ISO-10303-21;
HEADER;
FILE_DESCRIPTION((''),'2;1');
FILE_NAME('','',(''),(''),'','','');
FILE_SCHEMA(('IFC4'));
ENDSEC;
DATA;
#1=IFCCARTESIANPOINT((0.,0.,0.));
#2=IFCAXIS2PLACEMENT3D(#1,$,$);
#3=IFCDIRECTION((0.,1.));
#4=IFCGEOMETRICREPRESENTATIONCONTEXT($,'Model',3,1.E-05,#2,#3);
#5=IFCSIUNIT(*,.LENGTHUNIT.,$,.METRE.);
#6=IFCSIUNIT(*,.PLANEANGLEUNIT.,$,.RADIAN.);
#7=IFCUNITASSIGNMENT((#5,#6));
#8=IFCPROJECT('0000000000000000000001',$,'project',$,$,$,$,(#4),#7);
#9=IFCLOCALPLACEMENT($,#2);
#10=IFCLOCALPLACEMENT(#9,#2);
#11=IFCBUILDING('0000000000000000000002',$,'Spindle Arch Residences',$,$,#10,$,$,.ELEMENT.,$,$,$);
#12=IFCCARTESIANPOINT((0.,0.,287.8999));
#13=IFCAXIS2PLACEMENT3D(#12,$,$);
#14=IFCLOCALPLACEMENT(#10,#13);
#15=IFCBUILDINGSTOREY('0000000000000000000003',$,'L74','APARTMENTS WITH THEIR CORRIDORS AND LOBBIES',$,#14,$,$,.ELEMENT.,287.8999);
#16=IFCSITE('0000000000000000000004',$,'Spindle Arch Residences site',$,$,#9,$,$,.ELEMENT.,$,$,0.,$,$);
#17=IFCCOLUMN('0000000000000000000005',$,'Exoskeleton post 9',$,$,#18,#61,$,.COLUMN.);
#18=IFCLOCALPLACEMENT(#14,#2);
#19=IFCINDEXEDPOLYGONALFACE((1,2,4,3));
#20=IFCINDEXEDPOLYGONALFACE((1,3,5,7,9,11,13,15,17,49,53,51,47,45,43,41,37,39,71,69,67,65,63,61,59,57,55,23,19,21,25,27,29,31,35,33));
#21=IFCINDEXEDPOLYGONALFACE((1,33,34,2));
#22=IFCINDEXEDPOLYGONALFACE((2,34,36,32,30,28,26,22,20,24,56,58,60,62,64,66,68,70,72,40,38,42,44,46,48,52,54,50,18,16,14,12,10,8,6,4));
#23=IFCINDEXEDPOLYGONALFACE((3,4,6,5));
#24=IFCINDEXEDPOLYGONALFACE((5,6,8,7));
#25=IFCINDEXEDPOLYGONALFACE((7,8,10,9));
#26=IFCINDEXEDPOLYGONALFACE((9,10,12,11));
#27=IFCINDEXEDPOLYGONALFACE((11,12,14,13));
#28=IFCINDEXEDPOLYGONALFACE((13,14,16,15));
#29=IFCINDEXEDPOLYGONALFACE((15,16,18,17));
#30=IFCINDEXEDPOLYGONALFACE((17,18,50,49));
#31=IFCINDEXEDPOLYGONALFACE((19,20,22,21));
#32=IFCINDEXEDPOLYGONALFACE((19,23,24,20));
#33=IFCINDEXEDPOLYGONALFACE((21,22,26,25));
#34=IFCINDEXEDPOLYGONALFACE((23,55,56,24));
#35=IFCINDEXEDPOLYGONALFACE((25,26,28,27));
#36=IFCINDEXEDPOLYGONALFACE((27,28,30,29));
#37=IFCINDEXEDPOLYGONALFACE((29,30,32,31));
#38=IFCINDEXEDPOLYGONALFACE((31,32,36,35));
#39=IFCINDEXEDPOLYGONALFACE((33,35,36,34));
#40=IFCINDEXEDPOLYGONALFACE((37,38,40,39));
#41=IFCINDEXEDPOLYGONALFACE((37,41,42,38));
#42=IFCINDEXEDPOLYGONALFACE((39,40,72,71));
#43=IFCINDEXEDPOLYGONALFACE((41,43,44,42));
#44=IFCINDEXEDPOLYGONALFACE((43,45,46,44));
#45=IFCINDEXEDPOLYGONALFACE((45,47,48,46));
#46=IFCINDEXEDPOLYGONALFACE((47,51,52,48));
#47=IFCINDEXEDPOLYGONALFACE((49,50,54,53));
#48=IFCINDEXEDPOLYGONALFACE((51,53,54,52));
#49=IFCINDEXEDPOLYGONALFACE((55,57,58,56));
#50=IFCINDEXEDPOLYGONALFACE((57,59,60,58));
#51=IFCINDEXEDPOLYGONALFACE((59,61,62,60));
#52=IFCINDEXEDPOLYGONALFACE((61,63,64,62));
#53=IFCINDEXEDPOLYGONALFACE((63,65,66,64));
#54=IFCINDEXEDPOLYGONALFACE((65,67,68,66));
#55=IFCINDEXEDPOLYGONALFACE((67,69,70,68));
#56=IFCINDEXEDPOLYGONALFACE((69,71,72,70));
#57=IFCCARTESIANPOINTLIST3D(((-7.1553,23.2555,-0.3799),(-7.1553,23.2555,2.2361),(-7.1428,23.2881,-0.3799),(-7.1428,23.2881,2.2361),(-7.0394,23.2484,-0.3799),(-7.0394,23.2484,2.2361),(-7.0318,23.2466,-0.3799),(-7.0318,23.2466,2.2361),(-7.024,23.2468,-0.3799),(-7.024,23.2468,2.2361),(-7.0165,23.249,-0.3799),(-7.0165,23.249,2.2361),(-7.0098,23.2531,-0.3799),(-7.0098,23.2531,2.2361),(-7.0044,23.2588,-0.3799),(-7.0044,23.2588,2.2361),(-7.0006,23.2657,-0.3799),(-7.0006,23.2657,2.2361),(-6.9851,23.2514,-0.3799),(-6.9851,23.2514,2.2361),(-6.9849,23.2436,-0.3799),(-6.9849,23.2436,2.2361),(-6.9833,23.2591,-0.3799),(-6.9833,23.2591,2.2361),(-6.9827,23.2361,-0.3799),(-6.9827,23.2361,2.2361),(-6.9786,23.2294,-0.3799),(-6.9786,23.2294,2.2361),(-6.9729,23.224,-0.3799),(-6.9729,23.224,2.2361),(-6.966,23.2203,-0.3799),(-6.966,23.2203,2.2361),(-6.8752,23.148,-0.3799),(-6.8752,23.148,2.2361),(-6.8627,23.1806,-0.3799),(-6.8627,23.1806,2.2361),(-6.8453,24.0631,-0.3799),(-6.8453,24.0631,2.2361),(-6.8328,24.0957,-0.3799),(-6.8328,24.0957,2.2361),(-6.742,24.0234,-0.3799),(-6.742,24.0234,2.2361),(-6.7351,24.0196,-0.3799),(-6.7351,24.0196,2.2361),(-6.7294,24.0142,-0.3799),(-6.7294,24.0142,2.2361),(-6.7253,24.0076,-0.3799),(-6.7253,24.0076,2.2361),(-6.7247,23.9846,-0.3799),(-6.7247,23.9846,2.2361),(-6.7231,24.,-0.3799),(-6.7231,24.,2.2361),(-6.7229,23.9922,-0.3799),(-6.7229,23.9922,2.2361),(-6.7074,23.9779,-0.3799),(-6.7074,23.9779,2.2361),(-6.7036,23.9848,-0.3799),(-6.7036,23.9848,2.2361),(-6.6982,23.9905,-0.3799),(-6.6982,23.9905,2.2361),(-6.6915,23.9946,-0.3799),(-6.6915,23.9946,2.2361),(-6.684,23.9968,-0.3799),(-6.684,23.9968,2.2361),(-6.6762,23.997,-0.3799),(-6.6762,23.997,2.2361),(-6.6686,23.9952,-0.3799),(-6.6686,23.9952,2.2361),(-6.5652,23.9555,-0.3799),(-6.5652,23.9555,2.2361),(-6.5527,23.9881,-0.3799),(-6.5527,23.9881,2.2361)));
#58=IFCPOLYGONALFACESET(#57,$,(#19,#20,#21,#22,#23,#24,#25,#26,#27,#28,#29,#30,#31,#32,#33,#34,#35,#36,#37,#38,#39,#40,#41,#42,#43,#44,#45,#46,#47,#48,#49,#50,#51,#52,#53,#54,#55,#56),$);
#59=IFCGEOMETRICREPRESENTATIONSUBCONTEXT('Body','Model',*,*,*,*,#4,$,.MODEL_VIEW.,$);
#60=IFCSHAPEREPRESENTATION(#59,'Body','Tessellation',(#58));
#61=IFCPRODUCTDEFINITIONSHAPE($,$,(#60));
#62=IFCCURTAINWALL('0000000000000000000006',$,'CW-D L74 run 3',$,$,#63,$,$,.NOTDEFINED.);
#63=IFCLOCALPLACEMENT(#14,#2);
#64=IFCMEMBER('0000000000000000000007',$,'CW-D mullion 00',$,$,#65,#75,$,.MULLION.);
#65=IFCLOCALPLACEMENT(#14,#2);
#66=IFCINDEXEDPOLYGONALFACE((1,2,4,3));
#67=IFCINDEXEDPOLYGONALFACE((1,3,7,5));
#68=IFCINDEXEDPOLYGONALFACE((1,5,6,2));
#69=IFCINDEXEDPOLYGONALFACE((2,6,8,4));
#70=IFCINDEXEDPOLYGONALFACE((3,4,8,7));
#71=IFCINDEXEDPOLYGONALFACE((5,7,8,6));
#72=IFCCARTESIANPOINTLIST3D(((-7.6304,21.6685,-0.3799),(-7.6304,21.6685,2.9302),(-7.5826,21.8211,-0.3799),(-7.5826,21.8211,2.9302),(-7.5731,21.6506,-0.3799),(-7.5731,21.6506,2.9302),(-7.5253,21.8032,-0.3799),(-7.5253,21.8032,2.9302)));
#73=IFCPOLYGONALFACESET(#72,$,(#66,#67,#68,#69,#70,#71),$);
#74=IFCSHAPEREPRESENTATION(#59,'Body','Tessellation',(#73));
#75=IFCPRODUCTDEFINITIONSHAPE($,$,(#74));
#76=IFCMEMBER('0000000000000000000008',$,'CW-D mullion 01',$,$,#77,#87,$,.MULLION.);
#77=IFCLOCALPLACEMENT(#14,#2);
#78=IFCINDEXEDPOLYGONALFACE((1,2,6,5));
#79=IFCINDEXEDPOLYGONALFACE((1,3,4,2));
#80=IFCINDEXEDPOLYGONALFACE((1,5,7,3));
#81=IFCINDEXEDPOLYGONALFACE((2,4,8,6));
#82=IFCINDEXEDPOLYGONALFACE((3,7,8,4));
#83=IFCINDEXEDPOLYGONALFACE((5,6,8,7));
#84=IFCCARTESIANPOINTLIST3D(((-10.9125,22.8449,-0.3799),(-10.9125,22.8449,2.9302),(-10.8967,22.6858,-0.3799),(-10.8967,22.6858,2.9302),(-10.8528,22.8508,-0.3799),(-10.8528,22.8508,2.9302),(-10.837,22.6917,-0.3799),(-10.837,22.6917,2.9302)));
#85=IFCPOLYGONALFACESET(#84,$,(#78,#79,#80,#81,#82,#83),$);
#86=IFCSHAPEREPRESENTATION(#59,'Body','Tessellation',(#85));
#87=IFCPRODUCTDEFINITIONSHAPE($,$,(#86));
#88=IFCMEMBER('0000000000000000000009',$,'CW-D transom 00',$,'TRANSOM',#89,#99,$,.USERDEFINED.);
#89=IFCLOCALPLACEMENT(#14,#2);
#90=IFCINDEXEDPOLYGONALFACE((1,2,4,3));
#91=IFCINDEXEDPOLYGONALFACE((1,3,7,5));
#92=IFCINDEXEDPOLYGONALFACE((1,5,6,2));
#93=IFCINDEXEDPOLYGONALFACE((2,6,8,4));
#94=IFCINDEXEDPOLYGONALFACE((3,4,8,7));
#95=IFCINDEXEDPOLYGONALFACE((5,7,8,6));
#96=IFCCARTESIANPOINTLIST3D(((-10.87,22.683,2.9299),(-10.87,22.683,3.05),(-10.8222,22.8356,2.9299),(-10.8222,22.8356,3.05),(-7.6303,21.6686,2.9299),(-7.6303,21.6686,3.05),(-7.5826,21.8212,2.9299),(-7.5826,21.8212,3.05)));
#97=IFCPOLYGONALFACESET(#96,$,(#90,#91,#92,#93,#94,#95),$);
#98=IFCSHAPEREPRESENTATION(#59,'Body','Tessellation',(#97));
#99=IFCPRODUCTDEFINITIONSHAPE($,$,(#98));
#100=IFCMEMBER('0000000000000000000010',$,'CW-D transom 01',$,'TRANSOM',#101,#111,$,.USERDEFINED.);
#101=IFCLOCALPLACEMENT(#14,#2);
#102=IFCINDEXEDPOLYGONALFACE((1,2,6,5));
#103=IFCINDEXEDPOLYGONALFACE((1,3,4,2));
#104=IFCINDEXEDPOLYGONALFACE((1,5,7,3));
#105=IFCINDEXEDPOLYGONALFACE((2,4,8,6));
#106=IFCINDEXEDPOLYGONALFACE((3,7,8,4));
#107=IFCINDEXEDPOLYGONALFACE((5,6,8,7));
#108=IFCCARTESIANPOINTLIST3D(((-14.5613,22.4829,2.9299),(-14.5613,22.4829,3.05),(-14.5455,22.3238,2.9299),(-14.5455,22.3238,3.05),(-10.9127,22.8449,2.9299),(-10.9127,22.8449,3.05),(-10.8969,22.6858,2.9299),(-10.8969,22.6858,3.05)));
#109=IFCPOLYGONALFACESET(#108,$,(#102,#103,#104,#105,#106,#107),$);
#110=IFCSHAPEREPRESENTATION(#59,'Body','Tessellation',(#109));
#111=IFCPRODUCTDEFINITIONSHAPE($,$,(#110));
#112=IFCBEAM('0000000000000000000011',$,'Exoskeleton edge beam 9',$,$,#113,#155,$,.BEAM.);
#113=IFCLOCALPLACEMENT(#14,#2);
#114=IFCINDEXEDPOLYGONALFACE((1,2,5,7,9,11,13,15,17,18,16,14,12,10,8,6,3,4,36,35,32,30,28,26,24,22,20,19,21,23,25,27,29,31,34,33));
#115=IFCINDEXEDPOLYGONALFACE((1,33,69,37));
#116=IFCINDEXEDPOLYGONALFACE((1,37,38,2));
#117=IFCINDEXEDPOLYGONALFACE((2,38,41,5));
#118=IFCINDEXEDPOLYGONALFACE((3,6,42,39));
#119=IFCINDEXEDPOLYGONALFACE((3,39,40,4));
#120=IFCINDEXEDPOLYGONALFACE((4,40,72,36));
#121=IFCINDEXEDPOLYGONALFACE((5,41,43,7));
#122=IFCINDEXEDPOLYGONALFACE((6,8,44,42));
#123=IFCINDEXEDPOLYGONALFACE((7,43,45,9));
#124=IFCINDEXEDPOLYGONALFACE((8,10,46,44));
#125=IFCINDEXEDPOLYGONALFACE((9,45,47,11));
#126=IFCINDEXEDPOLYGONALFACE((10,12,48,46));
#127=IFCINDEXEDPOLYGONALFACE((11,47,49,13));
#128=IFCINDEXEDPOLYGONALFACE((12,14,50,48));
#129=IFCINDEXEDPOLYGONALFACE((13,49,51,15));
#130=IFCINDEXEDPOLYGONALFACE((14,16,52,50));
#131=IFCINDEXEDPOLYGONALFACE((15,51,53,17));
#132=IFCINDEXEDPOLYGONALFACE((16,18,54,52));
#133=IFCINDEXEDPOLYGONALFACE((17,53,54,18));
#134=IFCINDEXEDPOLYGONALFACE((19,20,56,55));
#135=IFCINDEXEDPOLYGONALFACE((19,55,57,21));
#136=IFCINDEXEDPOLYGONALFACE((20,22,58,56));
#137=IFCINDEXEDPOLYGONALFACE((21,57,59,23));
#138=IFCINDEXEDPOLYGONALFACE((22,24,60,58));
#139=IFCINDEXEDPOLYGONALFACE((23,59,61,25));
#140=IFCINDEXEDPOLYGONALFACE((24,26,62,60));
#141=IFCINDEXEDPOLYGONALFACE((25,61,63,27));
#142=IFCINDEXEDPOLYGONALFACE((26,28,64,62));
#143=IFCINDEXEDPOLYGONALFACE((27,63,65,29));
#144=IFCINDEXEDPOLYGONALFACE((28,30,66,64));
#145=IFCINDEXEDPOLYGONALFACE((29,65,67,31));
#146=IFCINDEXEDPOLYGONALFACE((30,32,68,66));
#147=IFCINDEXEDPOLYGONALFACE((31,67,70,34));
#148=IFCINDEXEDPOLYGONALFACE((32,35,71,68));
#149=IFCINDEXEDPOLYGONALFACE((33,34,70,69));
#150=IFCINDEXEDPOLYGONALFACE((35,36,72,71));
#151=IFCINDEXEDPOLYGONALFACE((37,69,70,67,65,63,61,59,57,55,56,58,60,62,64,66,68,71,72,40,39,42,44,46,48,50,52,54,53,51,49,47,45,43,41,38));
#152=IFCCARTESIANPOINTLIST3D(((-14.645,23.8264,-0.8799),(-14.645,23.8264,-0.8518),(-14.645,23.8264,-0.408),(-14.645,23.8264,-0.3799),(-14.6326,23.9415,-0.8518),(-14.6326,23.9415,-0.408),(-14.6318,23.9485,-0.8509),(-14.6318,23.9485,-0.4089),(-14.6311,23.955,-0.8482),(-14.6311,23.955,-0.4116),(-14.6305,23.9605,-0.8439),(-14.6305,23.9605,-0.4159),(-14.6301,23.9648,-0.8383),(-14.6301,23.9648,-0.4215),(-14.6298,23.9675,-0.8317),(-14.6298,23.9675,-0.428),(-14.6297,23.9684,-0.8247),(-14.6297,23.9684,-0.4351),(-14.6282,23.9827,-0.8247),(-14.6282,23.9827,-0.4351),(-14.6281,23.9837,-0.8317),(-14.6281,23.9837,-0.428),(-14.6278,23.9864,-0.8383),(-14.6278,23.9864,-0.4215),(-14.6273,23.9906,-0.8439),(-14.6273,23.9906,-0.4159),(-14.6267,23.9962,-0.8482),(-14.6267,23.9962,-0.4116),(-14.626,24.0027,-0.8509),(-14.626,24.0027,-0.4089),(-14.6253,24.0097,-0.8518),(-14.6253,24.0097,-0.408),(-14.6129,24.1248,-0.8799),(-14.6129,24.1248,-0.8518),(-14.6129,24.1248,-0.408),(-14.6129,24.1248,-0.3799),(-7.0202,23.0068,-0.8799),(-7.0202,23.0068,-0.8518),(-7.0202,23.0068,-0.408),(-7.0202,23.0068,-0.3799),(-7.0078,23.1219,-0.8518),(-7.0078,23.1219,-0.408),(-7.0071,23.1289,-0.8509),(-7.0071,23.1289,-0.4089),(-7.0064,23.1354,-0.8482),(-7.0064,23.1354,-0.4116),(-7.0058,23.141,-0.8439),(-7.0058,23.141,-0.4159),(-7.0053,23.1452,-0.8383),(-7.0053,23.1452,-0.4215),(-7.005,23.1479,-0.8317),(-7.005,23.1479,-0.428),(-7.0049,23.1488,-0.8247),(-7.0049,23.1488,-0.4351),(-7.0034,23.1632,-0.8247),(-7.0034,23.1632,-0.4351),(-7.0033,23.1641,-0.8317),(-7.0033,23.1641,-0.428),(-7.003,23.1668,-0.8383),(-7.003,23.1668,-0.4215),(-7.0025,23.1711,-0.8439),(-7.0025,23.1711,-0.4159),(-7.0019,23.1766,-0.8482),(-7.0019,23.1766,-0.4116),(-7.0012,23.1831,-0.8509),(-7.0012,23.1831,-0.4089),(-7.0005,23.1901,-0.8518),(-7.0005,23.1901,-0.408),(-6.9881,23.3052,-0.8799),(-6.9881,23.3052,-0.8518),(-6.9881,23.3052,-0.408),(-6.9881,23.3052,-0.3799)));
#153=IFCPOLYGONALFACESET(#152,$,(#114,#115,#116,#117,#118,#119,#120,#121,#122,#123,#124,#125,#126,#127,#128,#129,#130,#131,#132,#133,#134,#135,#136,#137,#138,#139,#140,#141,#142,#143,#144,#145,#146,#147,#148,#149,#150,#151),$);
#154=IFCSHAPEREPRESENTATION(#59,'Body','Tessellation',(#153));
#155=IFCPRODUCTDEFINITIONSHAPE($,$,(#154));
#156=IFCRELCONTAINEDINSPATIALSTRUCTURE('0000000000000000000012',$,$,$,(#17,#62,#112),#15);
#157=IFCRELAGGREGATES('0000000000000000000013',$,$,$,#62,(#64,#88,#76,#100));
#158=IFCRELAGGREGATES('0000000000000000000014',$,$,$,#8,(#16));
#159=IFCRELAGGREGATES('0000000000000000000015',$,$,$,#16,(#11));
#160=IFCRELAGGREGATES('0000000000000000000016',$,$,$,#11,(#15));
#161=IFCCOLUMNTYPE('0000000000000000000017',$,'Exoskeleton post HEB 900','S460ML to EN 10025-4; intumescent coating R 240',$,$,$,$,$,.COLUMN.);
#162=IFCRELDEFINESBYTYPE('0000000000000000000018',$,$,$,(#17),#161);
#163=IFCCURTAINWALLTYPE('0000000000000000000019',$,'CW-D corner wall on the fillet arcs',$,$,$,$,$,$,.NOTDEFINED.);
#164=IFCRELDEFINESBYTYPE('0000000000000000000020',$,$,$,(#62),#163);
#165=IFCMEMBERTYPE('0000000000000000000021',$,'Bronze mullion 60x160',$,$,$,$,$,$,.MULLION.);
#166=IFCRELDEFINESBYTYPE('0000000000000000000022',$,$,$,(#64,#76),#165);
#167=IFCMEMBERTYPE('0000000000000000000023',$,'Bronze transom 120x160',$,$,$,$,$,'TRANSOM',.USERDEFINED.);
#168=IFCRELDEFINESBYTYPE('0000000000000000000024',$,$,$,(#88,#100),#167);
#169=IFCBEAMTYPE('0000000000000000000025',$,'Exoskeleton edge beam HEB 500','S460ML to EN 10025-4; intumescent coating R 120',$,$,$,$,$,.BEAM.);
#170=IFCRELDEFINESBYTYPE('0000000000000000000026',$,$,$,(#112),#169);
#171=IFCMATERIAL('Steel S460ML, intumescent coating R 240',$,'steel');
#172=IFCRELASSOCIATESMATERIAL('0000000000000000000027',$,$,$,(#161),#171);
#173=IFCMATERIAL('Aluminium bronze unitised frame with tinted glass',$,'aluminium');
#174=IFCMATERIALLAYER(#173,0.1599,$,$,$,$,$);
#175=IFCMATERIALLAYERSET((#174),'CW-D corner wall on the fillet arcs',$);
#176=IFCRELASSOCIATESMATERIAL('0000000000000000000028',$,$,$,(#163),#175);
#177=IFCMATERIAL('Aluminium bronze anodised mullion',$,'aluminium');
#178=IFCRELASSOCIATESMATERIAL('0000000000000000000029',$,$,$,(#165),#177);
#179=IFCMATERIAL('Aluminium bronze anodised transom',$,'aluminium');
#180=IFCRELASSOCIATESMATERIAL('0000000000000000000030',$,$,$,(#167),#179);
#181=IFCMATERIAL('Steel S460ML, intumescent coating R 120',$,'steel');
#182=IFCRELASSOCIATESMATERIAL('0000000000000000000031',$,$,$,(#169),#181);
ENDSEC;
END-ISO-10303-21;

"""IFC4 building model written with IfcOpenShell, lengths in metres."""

from ifc_helpers import new_model, si_unit, direction, frame, origin, origin_2d, place, context, subcontext, project, spatial, rectangle, i_section, extrude, material, layer, layer_set, material_profile, profile_set, type_object, element, aggregate, save


model = new_model("IFC4")

# Units and contexts
model_context = context("Model", 3, precision=1e-05, world=origin(), true_north=direction((0.0, 1.0)))
body_context = subcontext(model_context, "Body", "Model", "MODEL_VIEW")
ifc_project = project(units=[si_unit("LENGTHUNIT", "METRE"), si_unit("PLANEANGLEUNIT", "RADIAN")], contexts=[model_context])

# Site, building, storey
site_placement = place(None, origin())
site = spatial("IfcSite", under=ifc_project, at=site_placement, Name="Spindle Arch Residences site", CompositionType="ELEMENT", RefElevation=0.0)
building_placement = place(site_placement, origin())
building = spatial("IfcBuilding", under=site, at=building_placement, Name="Spindle Arch Residences", CompositionType="ELEMENT")
storey_placement = place(building_placement, frame((0.0, 0.0, 287.8999)))
storey = spatial("IfcBuildingStorey", under=building, at=storey_placement, Name="L74", Description="APARTMENTS WITH THEIR CORRIDORS AND LOBBIES", CompositionType="ELEMENT", Elevation=287.8999)

# Column
ifc_material_1 = material(Name="Steel S460ML, intumescent coating R 240", Category="steel")
ifc_material_profile_1 = material_profile(ifc_material_1, i_section(OverallWidth=0.3, OverallDepth=0.8999, WebThickness=0.0186, FlangeThickness=0.0349, FilletRadius=0.03, at=origin_2d()), Name="HEB 900")
ifc_profile_set_1 = profile_set([ifc_material_profile_1], Name="Steel S460ML, intumescent coating R 240")
column_type = type_object("IfcColumnType", Name="Exoskeleton post HEB 900", Description="S460ML to EN 10025-4; intumescent coating R 240", PredefinedType="COLUMN", material=ifc_profile_set_1)
column_placement = place(storey_placement, frame((-6.854, 23.6218, -0.3799), z_axis=(0.0, 0.0, 1.0), x_axis=(0.93358, -0.358368, 0.0)))
element("IfcColumn", 1, at=column_placement, inside=storey, type_object=column_type, Name="Exoskeleton post 9", PredefinedType="COLUMN", context=body_context, shape_type="SweptSolid", body=[
    extrude(i_section(OverallWidth=0.3, OverallDepth=0.8999, WebThickness=0.0186, FlangeThickness=0.0349, FilletRadius=0.03, at=origin_2d()), origin(), (0.0, 0.0, 1.0), 2.616),
])

# Curtain wall, members
ifc_material_2 = material(Name="Aluminium bronze unitised frame with tinted glass", Category="aluminium")
ifc_layer_1 = layer(ifc_material_2, 0.1599)
ifc_layer_set_1 = layer_set([ifc_layer_1], Name="CW-D corner wall on the fillet arcs")
curtain_wall_type_1 = type_object("IfcCurtainWallType", Name="CW-D corner wall on the fillet arcs", PredefinedType="NOTDEFINED", material=ifc_layer_set_1)
curtain_wall_1_placement = place(storey_placement, origin())
curtain_wall_1 = element("IfcCurtainWall", 2, at=curtain_wall_1_placement, inside=storey, type_object=curtain_wall_type_1, Name="CW-D L74 run 3", PredefinedType="NOTDEFINED")
ifc_material_3 = material(Name="Aluminium bronze anodised mullion", Category="aluminium")
ifc_material_profile_2 = material_profile(ifc_material_3, rectangle(XDim=0.1599, YDim=0.0601, at=origin_2d()), Name="MU 60x160")
ifc_profile_set_2 = profile_set([ifc_material_profile_2], Name="Aluminium bronze anodised mullion")
member_type_1 = type_object("IfcMemberType", Name="Bronze mullion 60x160", PredefinedType="MULLION", material=ifc_profile_set_2)
member_1_placement = place(storey_placement, frame((-7.5779, 21.7358, -0.3799), z_axis=(0.0, 0.0, 1.0), x_axis=(-0.298803, -0.954315, 0.0)))
member_1 = element("IfcMember", 3, at=member_1_placement, type_object=member_type_1, Name="CW-D mullion 00", PredefinedType="MULLION", context=body_context, shape_type="SweptSolid", body=[
    extrude(rectangle(XDim=0.1599, YDim=0.0601, at=origin_2d()), origin(), (0.0, 0.0, 1.0), 3.3101),
])
member_2_placement = place(storey_placement, frame((-10.8748, 22.7683, -0.3799), z_axis=(0.0, 0.0, 1.0), x_axis=(0.098741, -0.995113, 0.0)))
member_2 = element("IfcMember", 4, at=member_2_placement, type_object=member_type_1, Name="CW-D mullion 01", PredefinedType="MULLION", context=body_context, shape_type="SweptSolid", body=[
    extrude(rectangle(XDim=0.1599, YDim=0.0601, at=origin_2d()), origin(), (0.0, 0.0, 1.0), 3.3101),
])
ifc_material_4 = material(Name="Aluminium bronze anodised transom", Category="aluminium")
ifc_material_profile_3 = material_profile(ifc_material_4, rectangle(XDim=0.1599, YDim=0.1201, at=origin_2d()), Name="TR 120x160")
ifc_profile_set_3 = profile_set([ifc_material_profile_3], Name="Aluminium bronze anodised transom")
member_type_2 = type_object("IfcMemberType", Name="Bronze transom 120x160", ElementType="TRANSOM", PredefinedType="USERDEFINED", material=ifc_profile_set_3)
member_3_placement = place(storey_placement, frame((-7.6064, 21.7449, 2.99), z_axis=(-0.954313, 0.298807, 0.0), x_axis=(-0.298807, -0.954313, 0.0)))
member_3 = element("IfcMember", 5, at=member_3_placement, type_object=member_type_2, Name="CW-D transom 00", ObjectType="TRANSOM", PredefinedType="USERDEFINED", context=body_context, shape_type="SweptSolid", body=[
    extrude(rectangle(XDim=0.1599, YDim=0.1201, at=origin_2d()), origin(), (0.0, 0.0, 1.0), 3.3948),
])
member_4_placement = place(storey_placement, frame((-10.9048, 22.7654, 2.99), z_axis=(-0.995113, -0.098746, 0.0), x_axis=(0.098746, -0.995113, 0.0)))
member_4 = element("IfcMember", 6, at=member_4_placement, type_object=member_type_2, Name="CW-D transom 01", ObjectType="TRANSOM", PredefinedType="USERDEFINED", context=body_context, shape_type="SweptSolid", body=[
    extrude(rectangle(XDim=0.1599, YDim=0.1201, at=origin_2d()), origin(), (0.0, 0.0, 1.0), 3.6665),
])

# Beam
ifc_material_5 = material(Name="Steel S460ML, intumescent coating R 120", Category="steel")
ifc_material_profile_4 = material_profile(ifc_material_5, i_section(OverallWidth=0.3, OverallDepth=0.5, WebThickness=0.0144, FlangeThickness=0.0281, FilletRadius=0.0271, at=origin_2d()), Name="HEB 500")
ifc_profile_set_4 = profile_set([ifc_material_profile_4], Name="Steel S460ML, intumescent coating R 120")
beam_type_1 = type_object("IfcBeamType", Name="Exoskeleton edge beam HEB 500", Description="S460ML to EN 10025-4; intumescent coating R 120", PredefinedType="BEAM", material=ifc_profile_set_4)
beam_1_placement = place(storey_placement, frame((-7.0042, 23.156, -0.6299), z_axis=(-0.994273, 0.106874, 0.0), x_axis=(-0.106874, -0.994273, 0.0)))
element("IfcBeam", 7, at=beam_1_placement, inside=storey, type_object=beam_type_1, Name="Exoskeleton edge beam 9", PredefinedType="BEAM", context=body_context, shape_type="SweptSolid", body=[
    extrude(i_section(OverallWidth=0.3, OverallDepth=0.5, WebThickness=0.0144, FlangeThickness=0.0281, FilletRadius=0.0271, at=origin_2d()), origin(), (0.0, 0.0, 1.0), 7.6687),
])

aggregate(curtain_wall_1, [member_1, member_3, member_2, member_4])

save(model, "model.ifc")
